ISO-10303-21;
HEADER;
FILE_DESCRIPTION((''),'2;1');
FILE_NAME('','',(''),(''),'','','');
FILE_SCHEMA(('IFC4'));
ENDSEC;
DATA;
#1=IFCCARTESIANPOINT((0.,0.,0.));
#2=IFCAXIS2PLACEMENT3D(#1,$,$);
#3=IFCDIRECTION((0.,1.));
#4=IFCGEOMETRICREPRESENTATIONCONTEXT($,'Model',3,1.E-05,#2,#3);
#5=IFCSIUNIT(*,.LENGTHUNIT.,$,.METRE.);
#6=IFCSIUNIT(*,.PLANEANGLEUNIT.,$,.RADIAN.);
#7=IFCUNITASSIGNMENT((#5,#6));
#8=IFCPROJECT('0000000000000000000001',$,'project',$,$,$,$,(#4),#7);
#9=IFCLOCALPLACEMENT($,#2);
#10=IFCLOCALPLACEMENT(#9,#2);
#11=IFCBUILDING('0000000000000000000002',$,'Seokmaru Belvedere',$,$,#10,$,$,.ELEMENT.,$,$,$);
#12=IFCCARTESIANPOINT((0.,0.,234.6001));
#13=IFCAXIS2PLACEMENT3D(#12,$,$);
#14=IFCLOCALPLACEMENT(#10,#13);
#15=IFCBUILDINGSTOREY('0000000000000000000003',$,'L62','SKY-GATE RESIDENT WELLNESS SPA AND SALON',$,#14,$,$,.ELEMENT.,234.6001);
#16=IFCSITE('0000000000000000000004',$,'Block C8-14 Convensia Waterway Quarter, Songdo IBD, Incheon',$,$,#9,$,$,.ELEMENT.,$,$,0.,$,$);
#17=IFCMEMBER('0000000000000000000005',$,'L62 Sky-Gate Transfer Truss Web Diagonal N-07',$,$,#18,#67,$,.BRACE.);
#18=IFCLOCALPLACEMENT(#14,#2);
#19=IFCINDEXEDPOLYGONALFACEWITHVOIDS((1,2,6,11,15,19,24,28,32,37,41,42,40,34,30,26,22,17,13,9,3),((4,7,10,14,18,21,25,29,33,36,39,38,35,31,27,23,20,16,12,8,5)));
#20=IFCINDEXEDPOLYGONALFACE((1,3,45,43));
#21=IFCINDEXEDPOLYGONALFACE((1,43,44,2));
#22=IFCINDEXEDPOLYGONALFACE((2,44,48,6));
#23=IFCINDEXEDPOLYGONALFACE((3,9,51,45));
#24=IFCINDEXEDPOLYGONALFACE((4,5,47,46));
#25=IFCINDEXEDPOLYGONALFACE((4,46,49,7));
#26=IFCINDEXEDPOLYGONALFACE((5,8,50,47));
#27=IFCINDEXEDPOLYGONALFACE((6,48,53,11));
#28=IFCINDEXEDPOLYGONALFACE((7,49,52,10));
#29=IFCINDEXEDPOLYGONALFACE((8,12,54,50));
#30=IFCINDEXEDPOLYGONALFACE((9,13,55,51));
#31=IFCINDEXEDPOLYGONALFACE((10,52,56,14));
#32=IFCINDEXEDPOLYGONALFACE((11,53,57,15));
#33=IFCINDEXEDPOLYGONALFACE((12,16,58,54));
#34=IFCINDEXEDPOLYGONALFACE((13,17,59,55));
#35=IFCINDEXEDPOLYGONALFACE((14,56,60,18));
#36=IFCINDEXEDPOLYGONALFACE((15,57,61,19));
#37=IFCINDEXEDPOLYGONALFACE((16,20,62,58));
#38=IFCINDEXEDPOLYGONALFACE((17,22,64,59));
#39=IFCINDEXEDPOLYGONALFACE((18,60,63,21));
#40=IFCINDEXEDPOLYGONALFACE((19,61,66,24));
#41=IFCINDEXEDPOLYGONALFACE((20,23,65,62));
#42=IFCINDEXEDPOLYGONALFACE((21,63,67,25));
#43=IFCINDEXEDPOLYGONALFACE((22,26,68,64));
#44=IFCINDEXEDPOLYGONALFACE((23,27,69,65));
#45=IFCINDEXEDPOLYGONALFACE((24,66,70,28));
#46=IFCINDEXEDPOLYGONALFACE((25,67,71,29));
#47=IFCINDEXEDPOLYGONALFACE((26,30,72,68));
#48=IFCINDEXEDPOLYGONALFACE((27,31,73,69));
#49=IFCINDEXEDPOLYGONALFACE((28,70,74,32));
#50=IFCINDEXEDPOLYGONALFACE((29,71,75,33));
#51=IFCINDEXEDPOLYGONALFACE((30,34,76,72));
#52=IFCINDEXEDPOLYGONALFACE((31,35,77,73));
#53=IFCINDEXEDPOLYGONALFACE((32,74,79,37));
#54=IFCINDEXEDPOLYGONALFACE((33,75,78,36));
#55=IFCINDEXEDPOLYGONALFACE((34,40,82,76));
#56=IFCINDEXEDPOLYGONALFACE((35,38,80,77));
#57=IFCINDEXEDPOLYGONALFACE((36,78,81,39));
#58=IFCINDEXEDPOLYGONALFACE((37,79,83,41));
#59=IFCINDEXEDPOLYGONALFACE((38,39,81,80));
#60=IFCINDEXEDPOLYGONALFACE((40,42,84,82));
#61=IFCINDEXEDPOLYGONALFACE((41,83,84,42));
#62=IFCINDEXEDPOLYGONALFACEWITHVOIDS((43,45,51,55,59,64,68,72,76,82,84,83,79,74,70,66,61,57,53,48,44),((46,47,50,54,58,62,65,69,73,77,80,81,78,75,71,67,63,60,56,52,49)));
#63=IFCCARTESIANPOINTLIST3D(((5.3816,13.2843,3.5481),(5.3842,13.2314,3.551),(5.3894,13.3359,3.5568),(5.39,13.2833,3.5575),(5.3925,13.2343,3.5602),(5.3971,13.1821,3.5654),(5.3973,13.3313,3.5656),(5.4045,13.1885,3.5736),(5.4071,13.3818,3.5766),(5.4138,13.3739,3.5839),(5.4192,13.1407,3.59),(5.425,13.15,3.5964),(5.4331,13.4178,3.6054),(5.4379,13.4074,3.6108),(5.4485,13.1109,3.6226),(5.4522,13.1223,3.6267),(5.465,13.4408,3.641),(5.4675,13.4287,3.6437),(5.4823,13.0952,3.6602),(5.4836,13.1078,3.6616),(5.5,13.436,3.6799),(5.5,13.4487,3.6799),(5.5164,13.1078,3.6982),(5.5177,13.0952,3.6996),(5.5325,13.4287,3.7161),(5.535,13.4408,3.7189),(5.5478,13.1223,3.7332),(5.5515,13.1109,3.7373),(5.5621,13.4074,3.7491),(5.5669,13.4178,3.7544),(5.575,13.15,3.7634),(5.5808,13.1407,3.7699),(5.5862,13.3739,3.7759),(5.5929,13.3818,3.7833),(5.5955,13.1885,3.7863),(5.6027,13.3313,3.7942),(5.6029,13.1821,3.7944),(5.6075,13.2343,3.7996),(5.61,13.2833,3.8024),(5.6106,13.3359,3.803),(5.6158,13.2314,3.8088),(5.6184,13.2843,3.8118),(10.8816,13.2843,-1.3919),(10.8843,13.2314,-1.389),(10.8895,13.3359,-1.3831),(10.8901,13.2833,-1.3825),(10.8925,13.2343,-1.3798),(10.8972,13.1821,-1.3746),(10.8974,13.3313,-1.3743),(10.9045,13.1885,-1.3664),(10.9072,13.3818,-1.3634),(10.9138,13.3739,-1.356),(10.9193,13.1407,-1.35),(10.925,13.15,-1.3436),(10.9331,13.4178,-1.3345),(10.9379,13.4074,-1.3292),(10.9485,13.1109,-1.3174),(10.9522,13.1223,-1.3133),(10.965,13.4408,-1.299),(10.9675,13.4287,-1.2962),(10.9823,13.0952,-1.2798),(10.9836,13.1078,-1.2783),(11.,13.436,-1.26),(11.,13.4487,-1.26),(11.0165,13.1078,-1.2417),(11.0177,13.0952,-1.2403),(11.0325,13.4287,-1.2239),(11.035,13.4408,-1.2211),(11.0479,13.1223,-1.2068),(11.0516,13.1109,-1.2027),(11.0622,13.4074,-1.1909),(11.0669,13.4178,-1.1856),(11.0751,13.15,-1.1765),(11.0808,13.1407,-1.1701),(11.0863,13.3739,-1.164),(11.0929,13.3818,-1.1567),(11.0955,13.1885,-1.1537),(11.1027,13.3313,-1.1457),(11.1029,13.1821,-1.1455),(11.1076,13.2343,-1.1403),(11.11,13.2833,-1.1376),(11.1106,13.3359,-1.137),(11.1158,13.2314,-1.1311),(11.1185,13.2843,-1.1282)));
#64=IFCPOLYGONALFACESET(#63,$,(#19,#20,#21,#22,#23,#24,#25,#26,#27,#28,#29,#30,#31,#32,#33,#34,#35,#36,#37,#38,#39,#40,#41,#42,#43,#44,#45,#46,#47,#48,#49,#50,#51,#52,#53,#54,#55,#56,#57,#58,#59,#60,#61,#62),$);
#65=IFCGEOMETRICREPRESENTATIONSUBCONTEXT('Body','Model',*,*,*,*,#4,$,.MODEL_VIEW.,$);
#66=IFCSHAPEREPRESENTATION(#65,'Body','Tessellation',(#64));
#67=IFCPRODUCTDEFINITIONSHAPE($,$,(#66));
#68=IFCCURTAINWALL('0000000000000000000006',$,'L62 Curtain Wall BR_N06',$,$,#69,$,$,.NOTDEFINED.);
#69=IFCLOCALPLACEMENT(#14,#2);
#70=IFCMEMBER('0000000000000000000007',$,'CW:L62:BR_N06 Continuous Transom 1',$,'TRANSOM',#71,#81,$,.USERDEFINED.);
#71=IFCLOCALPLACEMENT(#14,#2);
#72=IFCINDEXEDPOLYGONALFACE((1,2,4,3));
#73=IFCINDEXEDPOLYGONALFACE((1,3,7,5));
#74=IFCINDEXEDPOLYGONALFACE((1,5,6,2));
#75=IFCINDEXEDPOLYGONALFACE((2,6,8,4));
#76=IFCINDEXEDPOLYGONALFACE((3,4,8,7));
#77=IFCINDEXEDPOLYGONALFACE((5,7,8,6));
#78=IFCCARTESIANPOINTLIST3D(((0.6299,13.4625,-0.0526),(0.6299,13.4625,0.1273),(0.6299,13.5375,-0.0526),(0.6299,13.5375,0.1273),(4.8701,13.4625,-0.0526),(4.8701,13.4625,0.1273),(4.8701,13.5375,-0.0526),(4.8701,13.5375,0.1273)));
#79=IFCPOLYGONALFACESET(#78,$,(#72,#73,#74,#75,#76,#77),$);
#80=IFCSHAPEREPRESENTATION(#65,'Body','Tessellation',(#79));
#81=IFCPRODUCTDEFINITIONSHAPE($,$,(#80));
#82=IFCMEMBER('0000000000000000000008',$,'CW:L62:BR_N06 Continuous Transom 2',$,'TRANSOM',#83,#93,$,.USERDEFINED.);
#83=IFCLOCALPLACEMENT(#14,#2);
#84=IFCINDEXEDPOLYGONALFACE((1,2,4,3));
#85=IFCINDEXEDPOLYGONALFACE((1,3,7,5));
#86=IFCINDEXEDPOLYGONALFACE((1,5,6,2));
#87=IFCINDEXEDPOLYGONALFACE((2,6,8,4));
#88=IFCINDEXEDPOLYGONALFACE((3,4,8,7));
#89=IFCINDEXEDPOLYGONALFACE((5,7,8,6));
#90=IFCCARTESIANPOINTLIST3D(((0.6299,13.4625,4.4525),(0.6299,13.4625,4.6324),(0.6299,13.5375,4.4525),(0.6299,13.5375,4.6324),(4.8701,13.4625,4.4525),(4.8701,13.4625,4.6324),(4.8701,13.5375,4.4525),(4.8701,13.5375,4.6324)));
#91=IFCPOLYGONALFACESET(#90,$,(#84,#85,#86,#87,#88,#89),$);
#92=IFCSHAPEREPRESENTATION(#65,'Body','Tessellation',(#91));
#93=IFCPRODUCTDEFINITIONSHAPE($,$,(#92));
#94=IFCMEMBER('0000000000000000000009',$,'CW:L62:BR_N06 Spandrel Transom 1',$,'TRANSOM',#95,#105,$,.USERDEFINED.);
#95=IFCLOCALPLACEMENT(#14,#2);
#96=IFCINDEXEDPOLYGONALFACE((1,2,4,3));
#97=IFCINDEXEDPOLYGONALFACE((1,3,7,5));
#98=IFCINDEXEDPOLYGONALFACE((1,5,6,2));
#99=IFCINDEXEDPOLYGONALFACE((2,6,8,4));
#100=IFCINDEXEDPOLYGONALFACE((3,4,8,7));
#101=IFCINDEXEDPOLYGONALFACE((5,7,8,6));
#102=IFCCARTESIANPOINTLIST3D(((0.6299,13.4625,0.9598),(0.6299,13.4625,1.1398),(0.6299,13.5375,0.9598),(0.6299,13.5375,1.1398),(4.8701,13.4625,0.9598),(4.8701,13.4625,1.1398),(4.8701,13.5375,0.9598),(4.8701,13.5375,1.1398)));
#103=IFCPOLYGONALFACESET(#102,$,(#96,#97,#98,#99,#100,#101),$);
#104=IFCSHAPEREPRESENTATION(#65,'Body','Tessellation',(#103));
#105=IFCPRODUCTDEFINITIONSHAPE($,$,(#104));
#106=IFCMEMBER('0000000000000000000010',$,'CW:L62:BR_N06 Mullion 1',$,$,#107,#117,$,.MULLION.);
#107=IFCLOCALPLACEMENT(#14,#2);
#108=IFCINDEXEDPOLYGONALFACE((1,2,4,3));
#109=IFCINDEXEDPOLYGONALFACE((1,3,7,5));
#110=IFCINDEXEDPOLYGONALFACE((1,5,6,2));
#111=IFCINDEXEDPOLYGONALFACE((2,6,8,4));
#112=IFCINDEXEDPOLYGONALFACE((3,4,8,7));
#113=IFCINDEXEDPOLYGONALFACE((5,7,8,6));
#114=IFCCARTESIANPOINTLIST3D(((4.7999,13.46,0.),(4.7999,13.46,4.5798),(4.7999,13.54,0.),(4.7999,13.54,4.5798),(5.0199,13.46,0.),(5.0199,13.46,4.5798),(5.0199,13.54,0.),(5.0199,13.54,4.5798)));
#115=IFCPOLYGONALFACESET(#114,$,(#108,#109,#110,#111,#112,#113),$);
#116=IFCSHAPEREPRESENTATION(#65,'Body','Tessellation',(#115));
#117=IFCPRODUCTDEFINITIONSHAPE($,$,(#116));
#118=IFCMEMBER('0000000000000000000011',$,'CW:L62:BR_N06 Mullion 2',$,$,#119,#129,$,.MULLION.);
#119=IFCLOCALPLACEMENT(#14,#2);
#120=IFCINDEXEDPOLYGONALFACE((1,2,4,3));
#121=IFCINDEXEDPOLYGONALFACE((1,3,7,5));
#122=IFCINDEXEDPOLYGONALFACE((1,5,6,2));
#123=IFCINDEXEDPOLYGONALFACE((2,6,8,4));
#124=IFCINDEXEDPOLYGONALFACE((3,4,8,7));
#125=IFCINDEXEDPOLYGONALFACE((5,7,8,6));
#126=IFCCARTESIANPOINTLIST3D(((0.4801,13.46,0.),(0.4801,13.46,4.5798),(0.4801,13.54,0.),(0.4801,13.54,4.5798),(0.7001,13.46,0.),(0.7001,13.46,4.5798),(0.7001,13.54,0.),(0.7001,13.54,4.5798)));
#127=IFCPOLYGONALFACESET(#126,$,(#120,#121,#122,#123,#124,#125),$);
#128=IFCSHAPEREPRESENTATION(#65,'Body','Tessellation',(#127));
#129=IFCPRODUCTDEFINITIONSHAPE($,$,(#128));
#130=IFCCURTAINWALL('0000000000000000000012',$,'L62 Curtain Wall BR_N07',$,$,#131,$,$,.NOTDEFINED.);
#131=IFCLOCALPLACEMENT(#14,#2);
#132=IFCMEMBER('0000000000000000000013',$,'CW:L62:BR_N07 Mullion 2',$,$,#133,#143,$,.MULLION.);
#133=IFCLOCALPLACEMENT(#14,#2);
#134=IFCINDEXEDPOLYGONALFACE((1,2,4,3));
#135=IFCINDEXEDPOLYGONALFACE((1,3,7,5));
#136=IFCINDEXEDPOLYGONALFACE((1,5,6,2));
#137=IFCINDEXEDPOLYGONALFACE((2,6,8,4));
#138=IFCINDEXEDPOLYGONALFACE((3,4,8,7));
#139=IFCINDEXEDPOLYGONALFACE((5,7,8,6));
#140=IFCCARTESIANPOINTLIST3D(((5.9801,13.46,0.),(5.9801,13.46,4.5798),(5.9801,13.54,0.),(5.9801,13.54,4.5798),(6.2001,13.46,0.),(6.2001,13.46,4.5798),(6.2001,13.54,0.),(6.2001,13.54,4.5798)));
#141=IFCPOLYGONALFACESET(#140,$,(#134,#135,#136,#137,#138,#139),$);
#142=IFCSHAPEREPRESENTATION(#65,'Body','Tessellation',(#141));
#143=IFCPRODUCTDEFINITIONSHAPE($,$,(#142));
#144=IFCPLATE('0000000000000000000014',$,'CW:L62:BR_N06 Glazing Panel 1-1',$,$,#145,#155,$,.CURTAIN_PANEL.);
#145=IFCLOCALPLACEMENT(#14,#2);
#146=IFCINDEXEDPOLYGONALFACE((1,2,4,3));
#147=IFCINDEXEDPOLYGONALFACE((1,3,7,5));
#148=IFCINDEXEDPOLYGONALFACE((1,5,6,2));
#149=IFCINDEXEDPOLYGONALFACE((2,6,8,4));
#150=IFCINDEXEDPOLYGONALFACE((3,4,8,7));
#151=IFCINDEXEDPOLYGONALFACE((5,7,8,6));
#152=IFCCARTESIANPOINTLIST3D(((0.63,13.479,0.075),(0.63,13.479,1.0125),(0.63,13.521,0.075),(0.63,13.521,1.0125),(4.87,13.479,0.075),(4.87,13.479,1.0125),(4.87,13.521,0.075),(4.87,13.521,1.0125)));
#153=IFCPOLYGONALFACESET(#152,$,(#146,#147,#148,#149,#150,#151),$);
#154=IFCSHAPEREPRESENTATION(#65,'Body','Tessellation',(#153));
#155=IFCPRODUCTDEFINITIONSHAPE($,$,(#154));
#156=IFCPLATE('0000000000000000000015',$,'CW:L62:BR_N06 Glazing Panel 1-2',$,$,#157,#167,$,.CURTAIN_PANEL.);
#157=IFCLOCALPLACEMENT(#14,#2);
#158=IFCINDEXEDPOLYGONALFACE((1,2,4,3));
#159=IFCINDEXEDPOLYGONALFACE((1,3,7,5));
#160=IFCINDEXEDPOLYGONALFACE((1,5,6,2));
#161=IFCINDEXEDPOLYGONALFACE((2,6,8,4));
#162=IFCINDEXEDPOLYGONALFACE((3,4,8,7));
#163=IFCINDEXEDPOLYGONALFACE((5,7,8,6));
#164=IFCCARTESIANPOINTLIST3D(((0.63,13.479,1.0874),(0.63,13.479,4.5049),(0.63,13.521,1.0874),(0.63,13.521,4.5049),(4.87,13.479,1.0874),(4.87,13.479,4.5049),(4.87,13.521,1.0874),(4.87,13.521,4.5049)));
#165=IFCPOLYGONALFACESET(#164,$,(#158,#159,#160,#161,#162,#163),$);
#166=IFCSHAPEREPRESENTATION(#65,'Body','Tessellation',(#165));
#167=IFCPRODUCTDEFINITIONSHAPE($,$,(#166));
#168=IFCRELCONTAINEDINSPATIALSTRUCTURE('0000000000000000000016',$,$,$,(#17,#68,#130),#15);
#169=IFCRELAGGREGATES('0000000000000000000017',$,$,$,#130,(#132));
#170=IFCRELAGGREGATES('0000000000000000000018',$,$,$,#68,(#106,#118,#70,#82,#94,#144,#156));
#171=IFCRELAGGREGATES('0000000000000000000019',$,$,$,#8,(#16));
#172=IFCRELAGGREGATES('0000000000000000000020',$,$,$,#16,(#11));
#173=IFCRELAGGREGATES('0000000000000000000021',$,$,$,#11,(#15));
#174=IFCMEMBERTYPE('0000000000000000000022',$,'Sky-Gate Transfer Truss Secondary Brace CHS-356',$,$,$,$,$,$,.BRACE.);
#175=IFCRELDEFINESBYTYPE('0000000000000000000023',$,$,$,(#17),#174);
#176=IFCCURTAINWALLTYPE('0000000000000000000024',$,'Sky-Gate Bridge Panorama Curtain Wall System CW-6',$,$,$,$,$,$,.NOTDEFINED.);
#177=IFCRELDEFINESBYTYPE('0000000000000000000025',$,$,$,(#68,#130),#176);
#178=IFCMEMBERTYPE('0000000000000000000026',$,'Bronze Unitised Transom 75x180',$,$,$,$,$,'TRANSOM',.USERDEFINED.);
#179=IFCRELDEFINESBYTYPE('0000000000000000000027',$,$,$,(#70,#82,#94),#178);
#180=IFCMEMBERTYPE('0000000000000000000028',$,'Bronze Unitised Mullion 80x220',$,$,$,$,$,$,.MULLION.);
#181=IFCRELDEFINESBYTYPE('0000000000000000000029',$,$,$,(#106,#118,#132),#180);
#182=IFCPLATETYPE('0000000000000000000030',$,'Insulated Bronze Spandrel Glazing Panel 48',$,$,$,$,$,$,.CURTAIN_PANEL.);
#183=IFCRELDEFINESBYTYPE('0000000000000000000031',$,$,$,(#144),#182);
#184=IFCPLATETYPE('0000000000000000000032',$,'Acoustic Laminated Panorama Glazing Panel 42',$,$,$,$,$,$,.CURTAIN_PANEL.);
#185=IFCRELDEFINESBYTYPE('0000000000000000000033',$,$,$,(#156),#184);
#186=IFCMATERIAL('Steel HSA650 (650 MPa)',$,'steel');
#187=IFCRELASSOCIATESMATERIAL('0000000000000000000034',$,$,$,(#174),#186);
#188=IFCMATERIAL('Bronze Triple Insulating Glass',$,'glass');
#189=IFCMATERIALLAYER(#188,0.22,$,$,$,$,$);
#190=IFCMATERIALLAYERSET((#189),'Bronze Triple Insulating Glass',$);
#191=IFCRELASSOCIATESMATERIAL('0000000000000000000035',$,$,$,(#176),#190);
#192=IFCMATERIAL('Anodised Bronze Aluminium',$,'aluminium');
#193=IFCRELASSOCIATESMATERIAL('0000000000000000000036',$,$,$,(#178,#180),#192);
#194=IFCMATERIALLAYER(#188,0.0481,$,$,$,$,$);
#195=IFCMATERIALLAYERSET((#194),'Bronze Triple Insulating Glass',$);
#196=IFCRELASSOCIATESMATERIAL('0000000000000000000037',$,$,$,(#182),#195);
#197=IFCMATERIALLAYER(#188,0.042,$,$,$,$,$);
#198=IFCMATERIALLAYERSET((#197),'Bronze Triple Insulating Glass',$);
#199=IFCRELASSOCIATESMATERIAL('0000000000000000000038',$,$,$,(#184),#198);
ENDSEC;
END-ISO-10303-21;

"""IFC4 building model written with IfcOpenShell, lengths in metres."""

from ifc_helpers import new_model, si_unit, direction, frame, origin, origin_2d, place, context, subcontext, project, spatial, rectangle, hollow_circle, extrude, source, transform, mapped, material, layer, layer_set, material_profile, profile_set, type_object, type_shapes, element, aggregate, save


model = new_model("IFC4")

# Units and contexts
model_context = context("Model", 3, precision=1e-05, world=origin(), true_north=direction((0.0, 1.0)))
body_context = subcontext(model_context, "Body", "Model", "MODEL_VIEW")
ifc_project = project(units=[si_unit("LENGTHUNIT", "METRE"), si_unit("PLANEANGLEUNIT", "RADIAN")], contexts=[model_context])

# Site, building, storey
site_placement = place(None, origin())
site = spatial("IfcSite", under=ifc_project, at=site_placement, Name="Block C8-14 Convensia Waterway Quarter, Songdo IBD, Incheon", CompositionType="ELEMENT", RefElevation=0.0)
building_placement = place(site_placement, origin())
building = spatial("IfcBuilding", under=site, at=building_placement, Name="Seokmaru Belvedere", CompositionType="ELEMENT")
storey_placement = place(building_placement, frame((0.0, 0.0, 234.6001)))
storey = spatial("IfcBuildingStorey", under=building, at=storey_placement, Name="L62", Description="SKY-GATE RESIDENT WELLNESS SPA AND SALON", CompositionType="ELEMENT", Elevation=234.6001)

# Shared definitions
ifc_material_1 = material(Name="Steel HSA650 (650 MPa)", Category="steel")

# Member
ifc_material_profile_1 = material_profile(ifc_material_1, hollow_circle(Radius=0.1777, WallThickness=0.0127, at=origin_2d()), Name="CHS-355.6x12.7")
ifc_profile_set_1 = profile_set([ifc_material_profile_1], Name="Steel HSA650 (650 MPa)")
member_type_1 = type_object("IfcMemberType", Name="Sky-Gate Transfer Truss Secondary Brace CHS-356", PredefinedType="BRACE", material=ifc_profile_set_1)
shared_shape_1 = source(origin(), body_context, "Body", "SweptSolid", [
    extrude(hollow_circle(Radius=0.1777, WallThickness=0.0127, at=origin_2d()), origin(), (0.0, 0.0, 1.0), 7.3928),
])
type_shapes(member_type_1, [shared_shape_1])
for number, where, z_axis, x_axis, name in (
    (1, (5.5, 13.271, 3.6799), (0.74397, 0.0, -0.668213), (0.0, 1.0, 0.0), "L62 Sky-Gate Transfer Truss Web Diagonal N-07"),
):
    element("IfcMember", number, at=place(storey_placement, frame(where, z_axis=z_axis, x_axis=x_axis)), inside=storey, type_object=member_type_1, Name=name, PredefinedType="BRACE", context=body_context, shape_type="MappedRepresentation", body=[
        mapped(shared_shape_1, transform((0.0, 0.0, 0.0), scale=1.0)),
    ])

# Curtain wall, members
ifc_material_2 = material(Name="Bronze Triple Insulating Glass", Category="glass")
ifc_layer_1 = layer(ifc_material_2, 0.22)
ifc_layer_set_1 = layer_set([ifc_layer_1], Name="Bronze Triple Insulating Glass")
curtain_wall_type = type_object("IfcCurtainWallType", Name="Sky-Gate Bridge Panorama Curtain Wall System CW-6", PredefinedType="NOTDEFINED", material=ifc_layer_set_1)
curtain_wall_1_placement = place(storey_placement, origin())
curtain_wall_1 = element("IfcCurtainWall", 2, at=curtain_wall_1_placement, inside=storey, type_object=curtain_wall_type, Name="L62 Curtain Wall BR_N06", PredefinedType="NOTDEFINED")
ifc_material_3 = material(Name="Anodised Bronze Aluminium", Category="aluminium")
ifc_material_profile_2 = material_profile(ifc_material_3, rectangle(XDim=0.075, YDim=0.1799, at=origin_2d()), Name="CW-T-75x180")
ifc_profile_set_2 = profile_set([ifc_material_profile_2], Name="Anodised Bronze Aluminium")
member_type_2 = type_object("IfcMemberType", Name="Bronze Unitised Transom 75x180", ElementType="TRANSOM", PredefinedType="USERDEFINED", material=ifc_profile_set_2)
shared_shape_2 = source(origin(), body_context, "Body", "SweptSolid", [
    extrude(rectangle(XDim=0.075, YDim=0.1799, at=origin_2d()), origin(), (0.0, 0.0, 1.0), 4.2402),
])
type_shapes(member_type_2, [shared_shape_2])
member_1_placement = place(storey_placement, frame((4.8701, 13.5, 0.0374), z_axis=(-1.0, 0.0, 0.0), x_axis=(0.0, -1.0, 0.0)))
member_1 = element("IfcMember", 3, at=member_1_placement, type_object=member_type_2, Name="CW:L62:BR_N06 Continuous Transom 1", ObjectType="TRANSOM", PredefinedType="USERDEFINED", context=body_context, shape_type="MappedRepresentation", body=[
    mapped(shared_shape_2, transform((0.0, 0.0, 0.0), scale=1.0)),
])
member_2_placement = place(storey_placement, frame((4.8701, 13.5, 4.5425), z_axis=(-1.0, 0.0, 0.0), x_axis=(0.0, -1.0, 0.0)))
member_2 = element("IfcMember", 4, at=member_2_placement, type_object=member_type_2, Name="CW:L62:BR_N06 Continuous Transom 2", ObjectType="TRANSOM", PredefinedType="USERDEFINED", context=body_context, shape_type="MappedRepresentation", body=[
    mapped(shared_shape_2, transform((0.0, 0.0, 0.0), scale=1.0)),
])
member_3_placement = place(storey_placement, frame((4.8701, 13.5, 1.0498), z_axis=(-1.0, 0.0, 0.0), x_axis=(0.0, -1.0, 0.0)))
member_3 = element("IfcMember", 5, at=member_3_placement, type_object=member_type_2, Name="CW:L62:BR_N06 Spandrel Transom 1", ObjectType="TRANSOM", PredefinedType="USERDEFINED", context=body_context, shape_type="MappedRepresentation", body=[
    mapped(shared_shape_2, transform((0.0, 0.0, 0.0), scale=1.0)),
])
ifc_material_profile_3 = material_profile(ifc_material_3, rectangle(XDim=0.0801, YDim=0.22, at=origin_2d()), Name="CW-M-80x220")
ifc_profile_set_3 = profile_set([ifc_material_profile_3], Name="Anodised Bronze Aluminium")
member_type_3 = type_object("IfcMemberType", Name="Bronze Unitised Mullion 80x220", PredefinedType="MULLION", material=ifc_profile_set_3)
shared_shape_3 = source(origin(), body_context, "Body", "SweptSolid", [
    extrude(rectangle(XDim=0.0801, YDim=0.22, at=origin_2d()), origin(), (0.0, 0.0, 1.0), 4.5798),
])
type_shapes(member_type_3, [shared_shape_3])
member_4_placement = place(storey_placement, frame((4.9099, 13.5, 0.0), z_axis=(0.0, 0.0, 1.0), x_axis=(0.0, -1.0, 0.0)))
member_4 = element("IfcMember", 6, at=member_4_placement, type_object=member_type_3, Name="CW:L62:BR_N06 Mullion 1", PredefinedType="MULLION", context=body_context, shape_type="MappedRepresentation", body=[
    mapped(shared_shape_3, transform((0.0, 0.0, 0.0), scale=1.0)),
])
member_5_placement = place(storey_placement, frame((0.5901, 13.5, 0.0), z_axis=(0.0, 0.0, 1.0), x_axis=(0.0, -1.0, 0.0)))
member_5 = element("IfcMember", 7, at=member_5_placement, type_object=member_type_3, Name="CW:L62:BR_N06 Mullion 2", PredefinedType="MULLION", context=body_context, shape_type="MappedRepresentation", body=[
    mapped(shared_shape_3, transform((0.0, 0.0, 0.0), scale=1.0)),
])

# Curtain wall, member
curtain_wall_2_placement = place(storey_placement, origin())
curtain_wall_2 = element("IfcCurtainWall", 8, at=curtain_wall_2_placement, inside=storey, type_object=curtain_wall_type, Name="L62 Curtain Wall BR_N07", PredefinedType="NOTDEFINED")
member_6_placement = place(storey_placement, frame((6.0901, 13.5, 0.0), z_axis=(0.0, 0.0, 1.0), x_axis=(0.0, -1.0, 0.0)))
member_6 = element("IfcMember", 9, at=member_6_placement, type_object=member_type_3, Name="CW:L62:BR_N07 Mullion 2", PredefinedType="MULLION", context=body_context, shape_type="MappedRepresentation", body=[
    mapped(shared_shape_3, transform((0.0, 0.0, 0.0), scale=1.0)),
])
aggregate(curtain_wall_2, [member_6])

# Plates
ifc_layer_2 = layer(ifc_material_2, 0.0481)
ifc_layer_set_2 = layer_set([ifc_layer_2], Name="Bronze Triple Insulating Glass")
plate_type_1 = type_object("IfcPlateType", Name="Insulated Bronze Spandrel Glazing Panel 48", PredefinedType="CURTAIN_PANEL", material=ifc_layer_set_2)
shared_shape_4 = source(origin(), body_context, "Body", "SweptSolid", [
    extrude(rectangle(XDim=4.24, YDim=0.042, at=origin_2d()), origin(), (0.0, 0.0, 1.0), 0.9375),
])
type_shapes(plate_type_1, [shared_shape_4])
plate_1_placement = place(storey_placement, frame((2.75, 13.5, 0.075), z_axis=(0.0, 0.0, 1.0), x_axis=(-1.0, 0.0, 0.0)))
plate_1 = element("IfcPlate", 10, at=plate_1_placement, type_object=plate_type_1, Name="CW:L62:BR_N06 Glazing Panel 1-1", PredefinedType="CURTAIN_PANEL", context=body_context, shape_type="MappedRepresentation", body=[
    mapped(shared_shape_4, transform((0.0, 0.0, 0.0), scale=1.0)),
])
ifc_layer_3 = layer(ifc_material_2, 0.042)
ifc_layer_set_3 = layer_set([ifc_layer_3], Name="Bronze Triple Insulating Glass")
plate_type_2 = type_object("IfcPlateType", Name="Acoustic Laminated Panorama Glazing Panel 42", PredefinedType="CURTAIN_PANEL", material=ifc_layer_set_3)
shared_shape_5 = source(origin(), body_context, "Body", "SweptSolid", [
    extrude(rectangle(XDim=4.24, YDim=0.042, at=origin_2d()), origin(), (0.0, 0.0, 1.0), 3.4175),
])
type_shapes(plate_type_2, [shared_shape_5])
plate_2_placement = place(storey_placement, frame((2.75, 13.5, 1.0874), z_axis=(0.0, 0.0, 1.0), x_axis=(-1.0, 0.0, 0.0)))
plate_2 = element("IfcPlate", 11, at=plate_2_placement, type_object=plate_type_2, Name="CW:L62:BR_N06 Glazing Panel 1-2", PredefinedType="CURTAIN_PANEL", context=body_context, shape_type="MappedRepresentation", body=[
    mapped(shared_shape_5, transform((0.0, 0.0, 0.0), scale=1.0)),
])
aggregate(curtain_wall_1, [member_4, member_5, member_1, member_2, member_3, plate_1, plate_2])

save(model, "model.ifc")
